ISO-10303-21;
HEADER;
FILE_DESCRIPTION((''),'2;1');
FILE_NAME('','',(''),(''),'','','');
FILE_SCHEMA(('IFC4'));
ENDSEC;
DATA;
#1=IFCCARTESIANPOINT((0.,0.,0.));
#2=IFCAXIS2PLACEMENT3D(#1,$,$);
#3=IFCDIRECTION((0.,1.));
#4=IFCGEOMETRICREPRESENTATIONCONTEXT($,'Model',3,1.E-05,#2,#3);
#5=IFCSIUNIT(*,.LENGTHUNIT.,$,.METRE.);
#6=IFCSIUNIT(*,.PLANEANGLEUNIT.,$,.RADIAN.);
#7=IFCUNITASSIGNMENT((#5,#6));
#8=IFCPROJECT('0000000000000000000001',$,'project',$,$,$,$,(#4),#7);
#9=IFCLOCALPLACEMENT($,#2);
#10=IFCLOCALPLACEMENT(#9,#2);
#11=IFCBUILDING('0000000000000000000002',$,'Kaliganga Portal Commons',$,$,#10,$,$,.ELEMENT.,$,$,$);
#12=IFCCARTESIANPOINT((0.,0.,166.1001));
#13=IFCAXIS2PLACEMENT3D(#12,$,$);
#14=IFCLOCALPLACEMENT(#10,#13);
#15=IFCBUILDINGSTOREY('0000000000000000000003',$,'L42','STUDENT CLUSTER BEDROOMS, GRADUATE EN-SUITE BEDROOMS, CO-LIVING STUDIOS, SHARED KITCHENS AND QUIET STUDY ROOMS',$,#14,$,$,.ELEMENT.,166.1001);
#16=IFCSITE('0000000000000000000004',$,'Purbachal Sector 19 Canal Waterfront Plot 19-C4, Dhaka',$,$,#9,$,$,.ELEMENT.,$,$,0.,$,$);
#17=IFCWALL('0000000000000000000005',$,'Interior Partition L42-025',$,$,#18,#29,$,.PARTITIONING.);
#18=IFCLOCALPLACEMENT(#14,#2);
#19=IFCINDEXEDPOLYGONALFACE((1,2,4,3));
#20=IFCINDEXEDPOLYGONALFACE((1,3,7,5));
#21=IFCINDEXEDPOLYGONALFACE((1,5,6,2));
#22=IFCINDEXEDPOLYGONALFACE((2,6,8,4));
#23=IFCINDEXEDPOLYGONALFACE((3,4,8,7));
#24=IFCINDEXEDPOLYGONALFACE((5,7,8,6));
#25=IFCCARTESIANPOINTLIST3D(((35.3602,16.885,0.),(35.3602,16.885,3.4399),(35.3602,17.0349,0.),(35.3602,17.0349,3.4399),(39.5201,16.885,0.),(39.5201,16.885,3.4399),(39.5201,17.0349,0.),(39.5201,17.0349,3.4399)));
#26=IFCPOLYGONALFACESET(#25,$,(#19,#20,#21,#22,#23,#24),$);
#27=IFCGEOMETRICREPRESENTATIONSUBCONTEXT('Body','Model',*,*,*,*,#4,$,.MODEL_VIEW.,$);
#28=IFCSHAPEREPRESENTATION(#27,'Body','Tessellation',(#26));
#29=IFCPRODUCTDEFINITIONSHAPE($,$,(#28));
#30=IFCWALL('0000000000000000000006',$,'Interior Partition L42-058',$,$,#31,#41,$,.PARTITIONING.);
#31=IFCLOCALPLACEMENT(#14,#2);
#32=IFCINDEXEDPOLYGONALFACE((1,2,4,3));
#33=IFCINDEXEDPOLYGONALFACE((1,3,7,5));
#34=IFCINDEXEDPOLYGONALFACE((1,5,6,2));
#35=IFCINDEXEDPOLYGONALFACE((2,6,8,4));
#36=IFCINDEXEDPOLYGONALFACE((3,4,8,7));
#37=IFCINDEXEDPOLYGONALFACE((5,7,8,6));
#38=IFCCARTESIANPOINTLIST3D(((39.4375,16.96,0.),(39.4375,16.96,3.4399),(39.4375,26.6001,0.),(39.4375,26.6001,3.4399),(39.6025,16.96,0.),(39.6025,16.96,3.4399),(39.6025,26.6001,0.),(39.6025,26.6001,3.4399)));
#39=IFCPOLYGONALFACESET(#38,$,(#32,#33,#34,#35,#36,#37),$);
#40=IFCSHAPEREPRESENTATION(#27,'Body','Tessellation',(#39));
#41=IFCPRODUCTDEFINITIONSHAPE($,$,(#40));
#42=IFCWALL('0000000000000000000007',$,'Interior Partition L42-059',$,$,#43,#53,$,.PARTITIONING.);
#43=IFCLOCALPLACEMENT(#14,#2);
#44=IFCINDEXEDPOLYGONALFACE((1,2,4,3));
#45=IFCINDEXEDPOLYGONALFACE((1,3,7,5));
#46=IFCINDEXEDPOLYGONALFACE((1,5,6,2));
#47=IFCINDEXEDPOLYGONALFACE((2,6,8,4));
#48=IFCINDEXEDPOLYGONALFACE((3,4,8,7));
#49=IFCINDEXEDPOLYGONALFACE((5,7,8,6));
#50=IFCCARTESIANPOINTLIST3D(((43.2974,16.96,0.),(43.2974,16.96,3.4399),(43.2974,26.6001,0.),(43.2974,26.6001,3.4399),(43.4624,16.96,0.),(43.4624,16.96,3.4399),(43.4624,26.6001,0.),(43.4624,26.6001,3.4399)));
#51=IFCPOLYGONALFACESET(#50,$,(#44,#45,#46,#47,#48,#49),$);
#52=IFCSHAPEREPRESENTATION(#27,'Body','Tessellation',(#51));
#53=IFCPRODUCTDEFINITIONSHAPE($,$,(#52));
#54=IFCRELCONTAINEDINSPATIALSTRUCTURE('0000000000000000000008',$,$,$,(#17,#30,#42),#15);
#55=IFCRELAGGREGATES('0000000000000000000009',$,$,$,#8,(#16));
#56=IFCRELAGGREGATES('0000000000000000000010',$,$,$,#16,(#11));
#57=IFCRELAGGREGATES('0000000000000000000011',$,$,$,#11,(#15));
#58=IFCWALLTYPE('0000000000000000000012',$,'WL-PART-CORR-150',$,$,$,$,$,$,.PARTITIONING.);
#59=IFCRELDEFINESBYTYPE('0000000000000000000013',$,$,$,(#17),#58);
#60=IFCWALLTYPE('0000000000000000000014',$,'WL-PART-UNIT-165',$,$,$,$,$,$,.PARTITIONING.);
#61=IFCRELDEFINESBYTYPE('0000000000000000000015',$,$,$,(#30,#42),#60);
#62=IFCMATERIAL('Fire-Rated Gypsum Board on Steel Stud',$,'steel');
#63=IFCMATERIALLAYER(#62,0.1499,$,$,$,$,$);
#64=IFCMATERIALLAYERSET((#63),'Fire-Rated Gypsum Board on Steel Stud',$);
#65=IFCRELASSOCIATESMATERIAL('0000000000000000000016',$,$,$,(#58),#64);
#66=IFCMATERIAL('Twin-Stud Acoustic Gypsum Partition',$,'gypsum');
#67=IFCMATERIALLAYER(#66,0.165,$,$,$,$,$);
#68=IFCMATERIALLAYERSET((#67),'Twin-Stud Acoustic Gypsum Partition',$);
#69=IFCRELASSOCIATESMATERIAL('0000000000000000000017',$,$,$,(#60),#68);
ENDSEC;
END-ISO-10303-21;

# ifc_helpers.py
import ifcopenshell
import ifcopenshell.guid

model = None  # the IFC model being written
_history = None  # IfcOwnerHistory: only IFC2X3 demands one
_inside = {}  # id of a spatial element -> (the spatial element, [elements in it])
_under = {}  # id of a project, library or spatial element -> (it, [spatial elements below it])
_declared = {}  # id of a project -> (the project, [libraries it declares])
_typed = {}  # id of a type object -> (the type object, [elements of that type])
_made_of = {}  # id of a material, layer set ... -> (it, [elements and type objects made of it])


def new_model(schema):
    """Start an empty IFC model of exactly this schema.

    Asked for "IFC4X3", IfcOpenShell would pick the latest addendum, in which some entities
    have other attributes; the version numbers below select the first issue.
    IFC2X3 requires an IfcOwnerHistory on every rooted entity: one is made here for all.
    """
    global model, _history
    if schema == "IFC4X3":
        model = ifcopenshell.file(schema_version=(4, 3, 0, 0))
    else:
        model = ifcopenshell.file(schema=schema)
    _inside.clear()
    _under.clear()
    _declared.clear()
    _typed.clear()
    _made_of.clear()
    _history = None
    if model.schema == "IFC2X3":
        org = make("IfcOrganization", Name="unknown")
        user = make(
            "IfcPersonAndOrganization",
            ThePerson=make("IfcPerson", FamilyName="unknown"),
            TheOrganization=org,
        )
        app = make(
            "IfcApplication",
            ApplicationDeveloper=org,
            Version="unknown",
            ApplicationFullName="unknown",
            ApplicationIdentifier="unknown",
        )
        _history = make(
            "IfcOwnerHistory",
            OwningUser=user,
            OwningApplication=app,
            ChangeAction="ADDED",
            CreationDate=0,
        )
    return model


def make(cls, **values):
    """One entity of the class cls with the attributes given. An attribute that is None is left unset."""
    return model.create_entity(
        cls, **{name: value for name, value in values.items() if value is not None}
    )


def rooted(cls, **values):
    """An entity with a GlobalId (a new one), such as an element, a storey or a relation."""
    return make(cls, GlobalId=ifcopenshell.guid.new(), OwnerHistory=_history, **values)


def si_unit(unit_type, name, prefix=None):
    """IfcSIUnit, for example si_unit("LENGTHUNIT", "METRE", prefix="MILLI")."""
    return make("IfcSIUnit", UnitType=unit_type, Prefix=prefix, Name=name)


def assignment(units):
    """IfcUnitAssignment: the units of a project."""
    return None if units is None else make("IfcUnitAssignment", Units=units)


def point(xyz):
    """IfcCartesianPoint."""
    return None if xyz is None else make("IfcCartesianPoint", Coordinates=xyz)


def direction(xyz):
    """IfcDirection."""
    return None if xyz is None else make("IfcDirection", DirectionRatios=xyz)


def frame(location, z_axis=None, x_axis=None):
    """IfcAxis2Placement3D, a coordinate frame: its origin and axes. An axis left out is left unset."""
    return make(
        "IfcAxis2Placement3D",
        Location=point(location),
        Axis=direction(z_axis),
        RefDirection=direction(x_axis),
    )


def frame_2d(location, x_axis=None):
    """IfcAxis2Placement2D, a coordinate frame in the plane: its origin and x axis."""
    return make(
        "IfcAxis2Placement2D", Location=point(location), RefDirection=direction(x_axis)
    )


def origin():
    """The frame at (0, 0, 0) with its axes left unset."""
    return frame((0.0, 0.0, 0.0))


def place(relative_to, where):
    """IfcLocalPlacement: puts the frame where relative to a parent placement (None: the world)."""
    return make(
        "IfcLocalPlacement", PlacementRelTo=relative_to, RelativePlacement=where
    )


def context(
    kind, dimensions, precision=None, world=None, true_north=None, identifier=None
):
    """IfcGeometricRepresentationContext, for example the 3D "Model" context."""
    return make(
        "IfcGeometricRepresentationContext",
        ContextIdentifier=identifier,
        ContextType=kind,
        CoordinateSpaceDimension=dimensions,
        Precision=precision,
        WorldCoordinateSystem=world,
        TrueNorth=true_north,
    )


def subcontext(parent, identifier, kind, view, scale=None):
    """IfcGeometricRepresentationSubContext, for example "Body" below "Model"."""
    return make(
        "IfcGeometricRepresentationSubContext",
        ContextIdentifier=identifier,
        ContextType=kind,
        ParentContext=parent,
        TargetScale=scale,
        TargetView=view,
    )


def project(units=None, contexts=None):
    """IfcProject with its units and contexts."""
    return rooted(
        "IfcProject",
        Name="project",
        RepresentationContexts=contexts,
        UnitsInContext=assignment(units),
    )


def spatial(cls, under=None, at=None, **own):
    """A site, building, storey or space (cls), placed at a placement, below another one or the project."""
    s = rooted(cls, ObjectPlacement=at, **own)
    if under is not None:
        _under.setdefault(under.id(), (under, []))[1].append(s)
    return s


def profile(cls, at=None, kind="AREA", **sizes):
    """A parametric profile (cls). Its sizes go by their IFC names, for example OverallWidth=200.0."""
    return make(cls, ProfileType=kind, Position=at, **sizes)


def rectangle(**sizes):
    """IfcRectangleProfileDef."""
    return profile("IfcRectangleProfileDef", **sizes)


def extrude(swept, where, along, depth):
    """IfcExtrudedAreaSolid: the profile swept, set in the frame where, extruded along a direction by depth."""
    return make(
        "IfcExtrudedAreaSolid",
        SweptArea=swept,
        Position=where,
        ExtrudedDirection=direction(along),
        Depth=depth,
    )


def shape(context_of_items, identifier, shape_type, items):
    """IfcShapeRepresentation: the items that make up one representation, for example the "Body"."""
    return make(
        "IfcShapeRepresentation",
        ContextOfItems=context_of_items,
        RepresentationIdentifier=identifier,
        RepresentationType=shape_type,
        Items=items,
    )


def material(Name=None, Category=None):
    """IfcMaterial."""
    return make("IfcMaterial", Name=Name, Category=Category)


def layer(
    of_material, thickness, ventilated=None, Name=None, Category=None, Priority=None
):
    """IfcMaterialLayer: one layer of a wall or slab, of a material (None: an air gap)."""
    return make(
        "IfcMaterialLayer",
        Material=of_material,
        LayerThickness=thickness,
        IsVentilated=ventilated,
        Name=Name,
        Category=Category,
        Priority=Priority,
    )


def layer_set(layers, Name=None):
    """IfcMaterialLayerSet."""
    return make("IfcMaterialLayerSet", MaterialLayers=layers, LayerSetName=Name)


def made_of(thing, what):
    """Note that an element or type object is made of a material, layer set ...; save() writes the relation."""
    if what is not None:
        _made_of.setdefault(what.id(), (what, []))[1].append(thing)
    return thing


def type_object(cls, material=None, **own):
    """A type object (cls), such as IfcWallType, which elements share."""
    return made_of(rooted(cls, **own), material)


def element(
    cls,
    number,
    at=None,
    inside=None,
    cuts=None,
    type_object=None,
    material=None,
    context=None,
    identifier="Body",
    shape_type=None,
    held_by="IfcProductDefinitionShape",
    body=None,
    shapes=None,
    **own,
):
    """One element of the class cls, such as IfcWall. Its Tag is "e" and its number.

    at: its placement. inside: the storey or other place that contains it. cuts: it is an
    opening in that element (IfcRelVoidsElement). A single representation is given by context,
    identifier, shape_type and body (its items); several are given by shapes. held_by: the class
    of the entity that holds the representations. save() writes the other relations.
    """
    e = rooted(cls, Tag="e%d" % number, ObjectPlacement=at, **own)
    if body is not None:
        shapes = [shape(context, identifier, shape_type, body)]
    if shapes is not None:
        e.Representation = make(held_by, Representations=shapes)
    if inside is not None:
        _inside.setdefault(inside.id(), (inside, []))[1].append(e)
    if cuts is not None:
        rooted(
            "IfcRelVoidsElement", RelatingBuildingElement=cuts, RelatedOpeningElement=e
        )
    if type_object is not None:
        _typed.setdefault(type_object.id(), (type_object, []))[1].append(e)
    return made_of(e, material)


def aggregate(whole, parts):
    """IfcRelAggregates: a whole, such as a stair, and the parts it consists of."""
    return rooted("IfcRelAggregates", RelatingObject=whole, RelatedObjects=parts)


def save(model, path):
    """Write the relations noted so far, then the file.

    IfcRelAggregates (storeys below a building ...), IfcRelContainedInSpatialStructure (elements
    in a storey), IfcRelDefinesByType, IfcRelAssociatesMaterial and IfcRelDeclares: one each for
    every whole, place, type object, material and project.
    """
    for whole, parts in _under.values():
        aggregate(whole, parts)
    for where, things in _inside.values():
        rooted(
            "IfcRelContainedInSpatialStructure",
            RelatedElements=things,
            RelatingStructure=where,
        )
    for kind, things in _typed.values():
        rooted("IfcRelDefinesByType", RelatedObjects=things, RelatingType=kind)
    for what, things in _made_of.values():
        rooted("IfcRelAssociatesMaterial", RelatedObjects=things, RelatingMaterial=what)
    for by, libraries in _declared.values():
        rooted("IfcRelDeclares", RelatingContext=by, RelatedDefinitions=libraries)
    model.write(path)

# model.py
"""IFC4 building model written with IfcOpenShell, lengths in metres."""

from ifc_helpers import new_model, si_unit, direction, frame, frame_2d, origin, place, context, subcontext, project, spatial, rectangle, extrude, material, layer, layer_set, type_object, element, save


model = new_model("IFC4")

# Units and contexts
model_context = context("Model", 3, precision=1e-05, world=origin(), true_north=direction((0.0, 1.0)))
body_context = subcontext(model_context, "Body", "Model", "MODEL_VIEW")
ifc_project = project(units=[si_unit("LENGTHUNIT", "METRE"), si_unit("PLANEANGLEUNIT", "RADIAN")], contexts=[model_context])

# Site, building, storey
site_placement = place(None, origin())
site = spatial("IfcSite", under=ifc_project, at=site_placement, Name="Purbachal Sector 19 Canal Waterfront Plot 19-C4, Dhaka", CompositionType="ELEMENT", RefElevation=0.0)
building_placement = place(site_placement, origin())
building = spatial("IfcBuilding", under=site, at=building_placement, Name="Kaliganga Portal Commons", CompositionType="ELEMENT")
storey_placement = place(building_placement, frame((0.0, 0.0, 166.1001)))
storey = spatial("IfcBuildingStorey", under=building, at=storey_placement, Name="L42", Description="STUDENT CLUSTER BEDROOMS, GRADUATE EN-SUITE BEDROOMS, CO-LIVING STUDIOS, SHARED KITCHENS AND QUIET STUDY ROOMS", CompositionType="ELEMENT", Elevation=166.1001)

# Shared definitions
ifc_material_1 = material(Name="Fire-Rated Gypsum Board on Steel Stud", Category="steel")
ifc_layer_1 = layer(ifc_material_1, 0.1499)
ifc_layer_set_1 = layer_set([ifc_layer_1], Name="Fire-Rated Gypsum Board on Steel Stud")
wall_type_1 = type_object("IfcWallType", Name="WL-PART-CORR-150", PredefinedType="PARTITIONING", material=ifc_layer_set_1)

# Wall
wall_1_placement = place(storey_placement, frame((35.3601, 16.96, 0.0), z_axis=(0.0, 0.0, 1.0), x_axis=(1.0, 0.0, 0.0)))
element("IfcWall", 1, at=wall_1_placement, inside=storey, type_object=wall_type_1, Name="Interior Partition L42-025", PredefinedType="PARTITIONING", context=body_context, shape_type="SweptSolid", body=[
    extrude(rectangle(XDim=4.1599, YDim=0.1499, at=frame_2d((2.0801, 0.0))), origin(), (0.0, 0.0, 1.0), 3.4399),
])

# Walls
ifc_material_2 = material(Name="Twin-Stud Acoustic Gypsum Partition", Category="gypsum")
ifc_layer_2 = layer(ifc_material_2, 0.165)
ifc_layer_set_2 = layer_set([ifc_layer_2], Name="Twin-Stud Acoustic Gypsum Partition")
wall_type_2 = type_object("IfcWallType", Name="WL-PART-UNIT-165", PredefinedType="PARTITIONING", material=ifc_layer_set_2)
for number, where, z_axis, x_axis, name in (
    (2, (39.52, 16.96, 0.0), (0.0, 0.0, 1.0), (0.0, 1.0, 0.0), "Interior Partition L42-058"),
    (3, (43.3799, 16.96, 0.0), (0.0, 0.0, 1.0), (0.0, 1.0, 0.0), "Interior Partition L42-059"),
):
    element("IfcWall", number, at=place(storey_placement, frame(where, z_axis=z_axis, x_axis=x_axis)), inside=storey, type_object=wall_type_2, Name=name, PredefinedType="PARTITIONING", context=body_context, shape_type="SweptSolid", body=[
        extrude(rectangle(XDim=9.6401, YDim=0.165, at=frame_2d((4.8201, 0.0))), origin(), (0.0, 0.0, 1.0), 3.4399),
    ])

save(model, "model.ifc")
